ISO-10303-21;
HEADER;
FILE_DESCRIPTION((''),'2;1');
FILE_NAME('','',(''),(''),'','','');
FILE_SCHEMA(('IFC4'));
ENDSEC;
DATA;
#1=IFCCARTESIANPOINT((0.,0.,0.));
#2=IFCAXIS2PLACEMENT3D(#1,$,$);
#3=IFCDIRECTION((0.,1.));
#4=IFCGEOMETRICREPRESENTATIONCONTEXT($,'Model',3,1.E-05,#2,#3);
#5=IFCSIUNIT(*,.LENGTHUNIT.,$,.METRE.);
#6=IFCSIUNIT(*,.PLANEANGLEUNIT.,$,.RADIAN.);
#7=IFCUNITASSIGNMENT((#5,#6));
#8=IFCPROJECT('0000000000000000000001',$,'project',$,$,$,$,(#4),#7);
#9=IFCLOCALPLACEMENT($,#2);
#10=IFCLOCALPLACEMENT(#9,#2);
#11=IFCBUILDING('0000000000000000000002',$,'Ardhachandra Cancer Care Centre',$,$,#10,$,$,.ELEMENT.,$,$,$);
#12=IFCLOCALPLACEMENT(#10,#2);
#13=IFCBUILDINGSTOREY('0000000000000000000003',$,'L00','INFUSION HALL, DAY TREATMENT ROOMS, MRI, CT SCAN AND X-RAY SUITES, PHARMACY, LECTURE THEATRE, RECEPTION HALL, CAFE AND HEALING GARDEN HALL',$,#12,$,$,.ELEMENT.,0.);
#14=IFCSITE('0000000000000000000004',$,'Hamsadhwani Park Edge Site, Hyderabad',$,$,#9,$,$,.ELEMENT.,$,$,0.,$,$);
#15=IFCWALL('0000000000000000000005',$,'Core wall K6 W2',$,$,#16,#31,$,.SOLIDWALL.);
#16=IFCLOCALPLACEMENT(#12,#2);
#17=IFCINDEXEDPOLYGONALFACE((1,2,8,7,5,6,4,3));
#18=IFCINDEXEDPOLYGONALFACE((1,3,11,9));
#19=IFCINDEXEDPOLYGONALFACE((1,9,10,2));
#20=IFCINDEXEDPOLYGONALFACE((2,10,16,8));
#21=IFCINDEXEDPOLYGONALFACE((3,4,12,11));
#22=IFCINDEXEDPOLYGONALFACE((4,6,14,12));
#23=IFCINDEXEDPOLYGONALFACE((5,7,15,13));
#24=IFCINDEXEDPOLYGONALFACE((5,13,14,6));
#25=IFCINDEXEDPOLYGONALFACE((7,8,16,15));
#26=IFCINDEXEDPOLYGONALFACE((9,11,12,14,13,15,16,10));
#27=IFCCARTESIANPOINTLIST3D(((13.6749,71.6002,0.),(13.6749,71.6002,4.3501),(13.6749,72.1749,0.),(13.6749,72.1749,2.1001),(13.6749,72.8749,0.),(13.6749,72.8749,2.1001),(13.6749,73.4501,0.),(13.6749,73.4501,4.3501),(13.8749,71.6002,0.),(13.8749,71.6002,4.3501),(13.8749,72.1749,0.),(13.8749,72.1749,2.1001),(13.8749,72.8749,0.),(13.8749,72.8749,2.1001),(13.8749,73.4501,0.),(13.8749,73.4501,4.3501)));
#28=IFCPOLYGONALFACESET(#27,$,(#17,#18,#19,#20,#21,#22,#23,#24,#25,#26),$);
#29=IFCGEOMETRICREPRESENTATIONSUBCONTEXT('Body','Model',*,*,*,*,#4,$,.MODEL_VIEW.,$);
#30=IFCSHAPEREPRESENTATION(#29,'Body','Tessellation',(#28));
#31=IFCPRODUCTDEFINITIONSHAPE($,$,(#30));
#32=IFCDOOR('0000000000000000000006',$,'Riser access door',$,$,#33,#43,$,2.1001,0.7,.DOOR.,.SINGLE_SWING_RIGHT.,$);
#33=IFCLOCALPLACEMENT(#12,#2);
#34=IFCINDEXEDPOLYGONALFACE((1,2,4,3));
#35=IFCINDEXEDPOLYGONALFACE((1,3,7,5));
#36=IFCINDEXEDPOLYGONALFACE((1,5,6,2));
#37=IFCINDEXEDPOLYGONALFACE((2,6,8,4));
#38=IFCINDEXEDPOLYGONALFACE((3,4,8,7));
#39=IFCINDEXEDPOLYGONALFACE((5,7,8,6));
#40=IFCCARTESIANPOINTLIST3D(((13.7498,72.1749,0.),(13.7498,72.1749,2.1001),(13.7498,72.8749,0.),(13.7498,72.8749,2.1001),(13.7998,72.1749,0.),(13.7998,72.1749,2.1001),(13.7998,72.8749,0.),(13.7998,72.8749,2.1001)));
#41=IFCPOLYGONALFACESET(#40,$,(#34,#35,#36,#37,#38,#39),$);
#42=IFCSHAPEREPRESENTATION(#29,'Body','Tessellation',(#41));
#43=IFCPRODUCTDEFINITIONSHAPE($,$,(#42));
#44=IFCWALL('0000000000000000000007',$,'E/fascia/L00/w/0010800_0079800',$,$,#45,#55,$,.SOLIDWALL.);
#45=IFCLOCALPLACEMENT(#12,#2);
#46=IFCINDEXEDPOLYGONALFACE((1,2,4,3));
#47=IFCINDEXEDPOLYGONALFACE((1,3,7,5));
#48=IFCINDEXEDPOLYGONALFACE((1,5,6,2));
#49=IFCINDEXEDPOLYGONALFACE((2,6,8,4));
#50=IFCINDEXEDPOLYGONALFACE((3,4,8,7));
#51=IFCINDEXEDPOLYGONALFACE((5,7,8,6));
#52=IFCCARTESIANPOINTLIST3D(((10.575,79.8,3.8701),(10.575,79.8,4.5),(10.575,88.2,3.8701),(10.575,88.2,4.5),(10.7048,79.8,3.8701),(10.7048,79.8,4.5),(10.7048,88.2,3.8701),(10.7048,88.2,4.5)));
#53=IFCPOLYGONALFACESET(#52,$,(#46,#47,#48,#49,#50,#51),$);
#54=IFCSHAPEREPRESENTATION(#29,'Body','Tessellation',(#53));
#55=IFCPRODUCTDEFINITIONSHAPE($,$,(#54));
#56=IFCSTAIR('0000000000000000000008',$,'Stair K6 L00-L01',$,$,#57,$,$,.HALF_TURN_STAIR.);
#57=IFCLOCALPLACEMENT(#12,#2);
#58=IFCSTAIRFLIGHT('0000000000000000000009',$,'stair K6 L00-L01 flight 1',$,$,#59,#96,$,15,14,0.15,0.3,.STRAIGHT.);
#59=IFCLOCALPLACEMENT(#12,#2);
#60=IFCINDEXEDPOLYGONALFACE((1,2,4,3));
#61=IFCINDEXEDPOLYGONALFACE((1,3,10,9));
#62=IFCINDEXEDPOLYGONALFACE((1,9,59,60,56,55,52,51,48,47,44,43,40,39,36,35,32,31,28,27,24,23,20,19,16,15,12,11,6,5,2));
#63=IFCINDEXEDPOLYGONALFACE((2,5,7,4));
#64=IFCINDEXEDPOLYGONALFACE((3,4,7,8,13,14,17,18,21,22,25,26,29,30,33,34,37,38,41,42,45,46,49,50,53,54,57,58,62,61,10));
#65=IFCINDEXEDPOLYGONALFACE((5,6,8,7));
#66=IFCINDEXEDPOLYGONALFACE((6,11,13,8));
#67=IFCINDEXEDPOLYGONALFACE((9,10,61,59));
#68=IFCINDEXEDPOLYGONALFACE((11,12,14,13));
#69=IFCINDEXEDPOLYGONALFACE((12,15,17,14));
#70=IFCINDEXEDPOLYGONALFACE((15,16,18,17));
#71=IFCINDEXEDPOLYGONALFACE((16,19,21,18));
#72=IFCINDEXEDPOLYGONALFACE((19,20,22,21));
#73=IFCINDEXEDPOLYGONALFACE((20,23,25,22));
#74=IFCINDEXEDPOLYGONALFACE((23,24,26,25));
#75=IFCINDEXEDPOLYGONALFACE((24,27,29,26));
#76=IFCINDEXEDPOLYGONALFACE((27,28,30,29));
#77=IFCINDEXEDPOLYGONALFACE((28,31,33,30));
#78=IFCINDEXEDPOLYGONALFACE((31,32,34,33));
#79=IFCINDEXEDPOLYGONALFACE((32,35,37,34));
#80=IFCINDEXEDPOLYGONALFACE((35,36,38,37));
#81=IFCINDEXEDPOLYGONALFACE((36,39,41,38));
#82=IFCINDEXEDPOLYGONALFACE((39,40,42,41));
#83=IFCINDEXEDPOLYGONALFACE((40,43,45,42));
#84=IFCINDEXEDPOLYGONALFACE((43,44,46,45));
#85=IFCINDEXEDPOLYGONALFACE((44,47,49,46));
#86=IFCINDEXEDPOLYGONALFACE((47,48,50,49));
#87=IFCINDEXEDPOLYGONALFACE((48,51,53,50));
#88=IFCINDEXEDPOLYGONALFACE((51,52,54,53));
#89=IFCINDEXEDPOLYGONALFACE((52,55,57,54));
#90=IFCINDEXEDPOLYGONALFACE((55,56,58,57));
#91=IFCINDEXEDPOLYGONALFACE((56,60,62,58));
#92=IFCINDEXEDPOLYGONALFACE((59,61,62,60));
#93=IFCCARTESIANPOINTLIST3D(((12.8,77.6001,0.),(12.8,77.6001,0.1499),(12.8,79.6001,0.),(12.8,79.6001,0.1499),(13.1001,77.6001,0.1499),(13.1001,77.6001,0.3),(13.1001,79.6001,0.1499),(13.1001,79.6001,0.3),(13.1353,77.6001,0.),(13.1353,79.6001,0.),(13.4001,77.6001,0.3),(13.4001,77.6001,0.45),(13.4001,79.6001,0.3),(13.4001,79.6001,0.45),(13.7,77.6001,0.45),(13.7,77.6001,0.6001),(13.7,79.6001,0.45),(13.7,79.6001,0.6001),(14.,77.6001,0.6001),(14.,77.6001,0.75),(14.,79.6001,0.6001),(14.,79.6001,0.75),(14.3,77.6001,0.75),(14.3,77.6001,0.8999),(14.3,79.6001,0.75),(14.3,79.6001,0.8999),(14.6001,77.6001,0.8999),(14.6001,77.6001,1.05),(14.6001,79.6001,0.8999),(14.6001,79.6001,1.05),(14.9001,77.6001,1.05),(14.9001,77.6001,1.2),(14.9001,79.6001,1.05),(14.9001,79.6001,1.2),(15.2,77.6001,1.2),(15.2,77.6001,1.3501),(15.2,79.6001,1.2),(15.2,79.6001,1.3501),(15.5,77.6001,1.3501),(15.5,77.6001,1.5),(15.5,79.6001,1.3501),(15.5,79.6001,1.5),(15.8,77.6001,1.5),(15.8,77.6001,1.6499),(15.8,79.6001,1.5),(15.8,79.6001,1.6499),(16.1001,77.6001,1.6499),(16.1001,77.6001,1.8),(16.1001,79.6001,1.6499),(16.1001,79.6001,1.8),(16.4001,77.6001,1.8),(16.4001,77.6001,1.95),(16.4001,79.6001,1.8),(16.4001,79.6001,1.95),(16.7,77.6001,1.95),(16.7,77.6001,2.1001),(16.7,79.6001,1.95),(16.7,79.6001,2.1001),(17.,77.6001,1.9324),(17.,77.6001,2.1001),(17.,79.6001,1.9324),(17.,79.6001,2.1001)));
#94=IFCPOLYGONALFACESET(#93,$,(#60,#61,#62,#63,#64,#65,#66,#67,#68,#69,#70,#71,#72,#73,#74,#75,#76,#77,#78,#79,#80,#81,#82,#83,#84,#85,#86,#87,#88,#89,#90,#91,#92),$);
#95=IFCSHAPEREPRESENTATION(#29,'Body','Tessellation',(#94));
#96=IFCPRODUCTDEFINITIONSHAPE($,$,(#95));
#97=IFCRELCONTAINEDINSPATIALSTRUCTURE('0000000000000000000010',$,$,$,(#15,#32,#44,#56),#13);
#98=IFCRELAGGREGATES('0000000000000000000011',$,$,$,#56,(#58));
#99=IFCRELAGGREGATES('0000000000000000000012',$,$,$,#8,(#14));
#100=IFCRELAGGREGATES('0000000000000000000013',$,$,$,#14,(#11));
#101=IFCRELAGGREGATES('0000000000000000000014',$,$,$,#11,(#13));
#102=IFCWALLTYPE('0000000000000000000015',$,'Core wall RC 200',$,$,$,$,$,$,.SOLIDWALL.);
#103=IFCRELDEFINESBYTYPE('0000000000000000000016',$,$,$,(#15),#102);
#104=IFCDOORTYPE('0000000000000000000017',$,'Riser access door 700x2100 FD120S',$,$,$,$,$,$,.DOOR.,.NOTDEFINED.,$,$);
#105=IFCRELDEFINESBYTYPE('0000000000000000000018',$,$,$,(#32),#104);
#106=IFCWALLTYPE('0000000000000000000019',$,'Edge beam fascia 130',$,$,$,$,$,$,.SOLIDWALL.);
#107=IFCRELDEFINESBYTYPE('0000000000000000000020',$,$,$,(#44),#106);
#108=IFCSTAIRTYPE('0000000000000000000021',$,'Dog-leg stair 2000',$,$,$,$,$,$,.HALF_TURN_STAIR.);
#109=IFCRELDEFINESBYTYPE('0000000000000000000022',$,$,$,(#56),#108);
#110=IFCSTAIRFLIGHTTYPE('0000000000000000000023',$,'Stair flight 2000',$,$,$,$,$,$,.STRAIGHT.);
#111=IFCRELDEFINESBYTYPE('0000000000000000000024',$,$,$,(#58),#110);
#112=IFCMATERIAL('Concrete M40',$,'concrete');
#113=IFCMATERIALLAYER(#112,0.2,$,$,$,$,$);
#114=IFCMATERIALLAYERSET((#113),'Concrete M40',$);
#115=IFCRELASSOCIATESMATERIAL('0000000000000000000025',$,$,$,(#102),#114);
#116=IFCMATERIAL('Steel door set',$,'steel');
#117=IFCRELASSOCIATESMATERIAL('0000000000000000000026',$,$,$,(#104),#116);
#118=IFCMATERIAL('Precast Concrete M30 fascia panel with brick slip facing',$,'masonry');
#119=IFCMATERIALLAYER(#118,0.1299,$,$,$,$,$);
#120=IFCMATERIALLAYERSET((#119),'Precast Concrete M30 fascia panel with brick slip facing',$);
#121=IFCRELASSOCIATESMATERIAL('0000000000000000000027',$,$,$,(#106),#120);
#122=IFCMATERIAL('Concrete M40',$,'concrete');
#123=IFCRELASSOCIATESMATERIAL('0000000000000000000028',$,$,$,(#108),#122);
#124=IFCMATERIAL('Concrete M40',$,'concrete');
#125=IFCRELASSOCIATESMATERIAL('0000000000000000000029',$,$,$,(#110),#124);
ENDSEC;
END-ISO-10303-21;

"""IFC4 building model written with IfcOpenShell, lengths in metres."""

from ifc_helpers import new_model, si_unit, direction, frame, frame_2d, origin, place, context, subcontext, project, spatial, polyline, rectangle, outline, extrude, material, layer, layer_set, type_object, element, fill, aggregate, save


model = new_model("IFC4")

# Units and contexts
model_context = context("Model", 3, precision=1e-05, world=origin(), true_north=direction((0.0, 1.0)))
body_context = subcontext(model_context, "Body", "Model", "MODEL_VIEW")
ifc_project = project(units=[si_unit("LENGTHUNIT", "METRE"), si_unit("PLANEANGLEUNIT", "RADIAN")], contexts=[model_context])

# Site, building, storey
site_placement = place(None, origin())
site = spatial("IfcSite", under=ifc_project, at=site_placement, Name="Hamsadhwani Park Edge Site, Hyderabad", CompositionType="ELEMENT", RefElevation=0.0)
building_placement = place(site_placement, origin())
building = spatial("IfcBuilding", under=site, at=building_placement, Name="Ardhachandra Cancer Care Centre", CompositionType="ELEMENT")
storey_placement = place(building_placement, origin())
storey = spatial("IfcBuildingStorey", under=building, at=storey_placement, Name="L00", Description="INFUSION HALL, DAY TREATMENT ROOMS, MRI, CT SCAN AND X-RAY SUITES, PHARMACY, LECTURE THEATRE, RECEPTION HALL, CAFE AND HEALING GARDEN HALL", CompositionType="ELEMENT", Elevation=0.0)

# Shared definitions
ifc_material_1 = material(Name="Concrete M40", Category="concrete")
ifc_layer_1 = layer(ifc_material_1, 0.2)
ifc_layer_set_1 = layer_set([ifc_layer_1], Name="Concrete M40")
wall_type_1 = type_object("IfcWallType", Name="Core wall RC 200", PredefinedType="SOLIDWALL", material=ifc_layer_set_1)

# Wall, opening, door
wall_1_placement = place(storey_placement, frame((13.7749, 73.45, 0.0), z_axis=(0.0, 0.0, 1.0), x_axis=(0.0, -1.0, 0.0)))
wall_1 = element("IfcWall", 1, at=wall_1_placement, inside=storey, type_object=wall_type_1, Name="Core wall K6 W2", PredefinedType="SOLIDWALL", context=body_context, shape_type="SweptSolid", body=[
    extrude(rectangle(XDim=1.8499, YDim=0.2, at=frame_2d((0.9248, 0.0))), origin(), (0.0, 0.0, 1.0), 4.3501),
])
opening_1_placement = place(wall_1_placement, frame((0.575, 0.0, 0.0)))
opening_1 = element("IfcOpeningElement", 2, at=opening_1_placement, cuts=wall_1, PredefinedType="OPENING", context=body_context, shape_type="SweptSolid", body=[
    extrude(rectangle(XDim=0.7, YDim=2.1001, at=frame_2d((0.3501, 1.05))), frame((0.0, 0.1099, 0.0), z_axis=(0.0, -1.0, 0.0), x_axis=(1.0, 0.0, 0.0)), (0.0, 0.0, 1.0), 0.22),
])
ifc_material_2 = material(Name="Steel door set", Category="steel")
door_type_1 = type_object("IfcDoorType", Name="Riser access door 700x2100 FD120S", OperationType="NOTDEFINED", PredefinedType="DOOR", material=ifc_material_2)
door_1_placement = place(opening_1_placement, origin())
door_1 = element("IfcDoor", 3, at=door_1_placement, inside=storey, type_object=door_type_1, Name="Riser access door", OperationType="SINGLE_SWING_RIGHT", OverallHeight=2.1001, OverallWidth=0.7, PredefinedType="DOOR", context=body_context, shape_type="SweptSolid", body=[
    extrude(rectangle(XDim=0.7, YDim=2.1001, at=frame_2d((0.3501, 1.05))), frame((0.0, 0.0249, 0.0), z_axis=(0.0, -1.0, 0.0), x_axis=(1.0, 0.0, 0.0)), (0.0, 0.0, 1.0), 0.05),
])
fill(opening_1, door_1)

# Wall
ifc_material_3 = material(Name="Precast Concrete M30 fascia panel with brick slip facing", Category="masonry")
ifc_layer_2 = layer(ifc_material_3, 0.1299)
ifc_layer_set_2 = layer_set([ifc_layer_2], Name="Precast Concrete M30 fascia panel with brick slip facing")
wall_type_2 = type_object("IfcWallType", Name="Edge beam fascia 130", PredefinedType="SOLIDWALL", material=ifc_layer_set_2)
wall_2_placement = place(storey_placement, frame((10.6399, 79.8, 3.8701), z_axis=(0.0, 0.0, 1.0), x_axis=(0.0, 1.0, 0.0)))
element("IfcWall", 4, at=wall_2_placement, inside=storey, type_object=wall_type_2, Name="E/fascia/L00/w/0010800_0079800", PredefinedType="SOLIDWALL", context=body_context, shape_type="SweptSolid", body=[
    extrude(rectangle(XDim=8.3999, YDim=0.1299, at=frame_2d((4.2, 0.0))), origin(), (0.0, 0.0, 1.0), 0.6299),
])

# Stair, stair flight
ifc_material_4 = material(Name="Concrete M40", Category="concrete")
stair_type = type_object("IfcStairType", Name="Dog-leg stair 2000", PredefinedType="HALF_TURN_STAIR", material=ifc_material_4)
stair_placement = place(storey_placement, origin())
stair = element("IfcStair", 5, at=stair_placement, inside=storey, type_object=stair_type, Name="Stair K6 L00-L01", PredefinedType="HALF_TURN_STAIR")
ifc_material_5 = material(Name="Concrete M40", Category="concrete")
stair_flight_type = type_object("IfcStairFlightType", Name="Stair flight 2000", PredefinedType="STRAIGHT", material=ifc_material_5)
stair_flight_placement = place(storey_placement, frame((12.8, 78.6001, 0.0), z_axis=(0.0, 0.0, 1.0), x_axis=(1.0, 0.0, 0.0)))
stair_flight = element("IfcStairFlight", 6, at=stair_flight_placement, type_object=stair_flight_type, Name="stair K6 L00-L01 flight 1", NumberOfRisers=15, NumberOfTreads=14, PredefinedType="STRAIGHT", RiserHeight=0.15, TreadLength=0.3, context=body_context, shape_type="SweptSolid", body=[
    extrude(outline(polyline([(0.0, 0.0), (0.0, 0.1499), (0.3, 0.1499), (0.3, 0.3), (0.6001, 0.3), (0.6001, 0.45), (0.8999, 0.45), (0.8999, 0.6001), (1.2, 0.6001), (1.2, 0.75), (1.5, 0.75), (1.5, 0.8999), (1.8, 0.8999), (1.8, 1.05), (2.1001, 1.05), (2.1001, 1.2), (2.3999, 1.2), (2.3999, 1.3501), (2.7, 1.3501), (2.7, 1.5), (3.0, 1.5), (3.0, 1.6499), (3.3, 1.6499), (3.3, 1.8), (3.6001, 1.8), (3.6001, 1.95), (3.8999, 1.95), (3.8999, 2.1001), (4.2, 2.1001), (4.2, 2.25), (4.2, 1.9324), (0.3352, 0.0), (0.0, 0.0)])), frame((0.0, 1.0, 0.0), z_axis=(0.0, -1.0, 0.0), x_axis=(1.0, 0.0, 0.0)), (0.0, 0.0, 1.0), 2.0),
])
aggregate(stair, [stair_flight])

save(model, "model.ifc")
